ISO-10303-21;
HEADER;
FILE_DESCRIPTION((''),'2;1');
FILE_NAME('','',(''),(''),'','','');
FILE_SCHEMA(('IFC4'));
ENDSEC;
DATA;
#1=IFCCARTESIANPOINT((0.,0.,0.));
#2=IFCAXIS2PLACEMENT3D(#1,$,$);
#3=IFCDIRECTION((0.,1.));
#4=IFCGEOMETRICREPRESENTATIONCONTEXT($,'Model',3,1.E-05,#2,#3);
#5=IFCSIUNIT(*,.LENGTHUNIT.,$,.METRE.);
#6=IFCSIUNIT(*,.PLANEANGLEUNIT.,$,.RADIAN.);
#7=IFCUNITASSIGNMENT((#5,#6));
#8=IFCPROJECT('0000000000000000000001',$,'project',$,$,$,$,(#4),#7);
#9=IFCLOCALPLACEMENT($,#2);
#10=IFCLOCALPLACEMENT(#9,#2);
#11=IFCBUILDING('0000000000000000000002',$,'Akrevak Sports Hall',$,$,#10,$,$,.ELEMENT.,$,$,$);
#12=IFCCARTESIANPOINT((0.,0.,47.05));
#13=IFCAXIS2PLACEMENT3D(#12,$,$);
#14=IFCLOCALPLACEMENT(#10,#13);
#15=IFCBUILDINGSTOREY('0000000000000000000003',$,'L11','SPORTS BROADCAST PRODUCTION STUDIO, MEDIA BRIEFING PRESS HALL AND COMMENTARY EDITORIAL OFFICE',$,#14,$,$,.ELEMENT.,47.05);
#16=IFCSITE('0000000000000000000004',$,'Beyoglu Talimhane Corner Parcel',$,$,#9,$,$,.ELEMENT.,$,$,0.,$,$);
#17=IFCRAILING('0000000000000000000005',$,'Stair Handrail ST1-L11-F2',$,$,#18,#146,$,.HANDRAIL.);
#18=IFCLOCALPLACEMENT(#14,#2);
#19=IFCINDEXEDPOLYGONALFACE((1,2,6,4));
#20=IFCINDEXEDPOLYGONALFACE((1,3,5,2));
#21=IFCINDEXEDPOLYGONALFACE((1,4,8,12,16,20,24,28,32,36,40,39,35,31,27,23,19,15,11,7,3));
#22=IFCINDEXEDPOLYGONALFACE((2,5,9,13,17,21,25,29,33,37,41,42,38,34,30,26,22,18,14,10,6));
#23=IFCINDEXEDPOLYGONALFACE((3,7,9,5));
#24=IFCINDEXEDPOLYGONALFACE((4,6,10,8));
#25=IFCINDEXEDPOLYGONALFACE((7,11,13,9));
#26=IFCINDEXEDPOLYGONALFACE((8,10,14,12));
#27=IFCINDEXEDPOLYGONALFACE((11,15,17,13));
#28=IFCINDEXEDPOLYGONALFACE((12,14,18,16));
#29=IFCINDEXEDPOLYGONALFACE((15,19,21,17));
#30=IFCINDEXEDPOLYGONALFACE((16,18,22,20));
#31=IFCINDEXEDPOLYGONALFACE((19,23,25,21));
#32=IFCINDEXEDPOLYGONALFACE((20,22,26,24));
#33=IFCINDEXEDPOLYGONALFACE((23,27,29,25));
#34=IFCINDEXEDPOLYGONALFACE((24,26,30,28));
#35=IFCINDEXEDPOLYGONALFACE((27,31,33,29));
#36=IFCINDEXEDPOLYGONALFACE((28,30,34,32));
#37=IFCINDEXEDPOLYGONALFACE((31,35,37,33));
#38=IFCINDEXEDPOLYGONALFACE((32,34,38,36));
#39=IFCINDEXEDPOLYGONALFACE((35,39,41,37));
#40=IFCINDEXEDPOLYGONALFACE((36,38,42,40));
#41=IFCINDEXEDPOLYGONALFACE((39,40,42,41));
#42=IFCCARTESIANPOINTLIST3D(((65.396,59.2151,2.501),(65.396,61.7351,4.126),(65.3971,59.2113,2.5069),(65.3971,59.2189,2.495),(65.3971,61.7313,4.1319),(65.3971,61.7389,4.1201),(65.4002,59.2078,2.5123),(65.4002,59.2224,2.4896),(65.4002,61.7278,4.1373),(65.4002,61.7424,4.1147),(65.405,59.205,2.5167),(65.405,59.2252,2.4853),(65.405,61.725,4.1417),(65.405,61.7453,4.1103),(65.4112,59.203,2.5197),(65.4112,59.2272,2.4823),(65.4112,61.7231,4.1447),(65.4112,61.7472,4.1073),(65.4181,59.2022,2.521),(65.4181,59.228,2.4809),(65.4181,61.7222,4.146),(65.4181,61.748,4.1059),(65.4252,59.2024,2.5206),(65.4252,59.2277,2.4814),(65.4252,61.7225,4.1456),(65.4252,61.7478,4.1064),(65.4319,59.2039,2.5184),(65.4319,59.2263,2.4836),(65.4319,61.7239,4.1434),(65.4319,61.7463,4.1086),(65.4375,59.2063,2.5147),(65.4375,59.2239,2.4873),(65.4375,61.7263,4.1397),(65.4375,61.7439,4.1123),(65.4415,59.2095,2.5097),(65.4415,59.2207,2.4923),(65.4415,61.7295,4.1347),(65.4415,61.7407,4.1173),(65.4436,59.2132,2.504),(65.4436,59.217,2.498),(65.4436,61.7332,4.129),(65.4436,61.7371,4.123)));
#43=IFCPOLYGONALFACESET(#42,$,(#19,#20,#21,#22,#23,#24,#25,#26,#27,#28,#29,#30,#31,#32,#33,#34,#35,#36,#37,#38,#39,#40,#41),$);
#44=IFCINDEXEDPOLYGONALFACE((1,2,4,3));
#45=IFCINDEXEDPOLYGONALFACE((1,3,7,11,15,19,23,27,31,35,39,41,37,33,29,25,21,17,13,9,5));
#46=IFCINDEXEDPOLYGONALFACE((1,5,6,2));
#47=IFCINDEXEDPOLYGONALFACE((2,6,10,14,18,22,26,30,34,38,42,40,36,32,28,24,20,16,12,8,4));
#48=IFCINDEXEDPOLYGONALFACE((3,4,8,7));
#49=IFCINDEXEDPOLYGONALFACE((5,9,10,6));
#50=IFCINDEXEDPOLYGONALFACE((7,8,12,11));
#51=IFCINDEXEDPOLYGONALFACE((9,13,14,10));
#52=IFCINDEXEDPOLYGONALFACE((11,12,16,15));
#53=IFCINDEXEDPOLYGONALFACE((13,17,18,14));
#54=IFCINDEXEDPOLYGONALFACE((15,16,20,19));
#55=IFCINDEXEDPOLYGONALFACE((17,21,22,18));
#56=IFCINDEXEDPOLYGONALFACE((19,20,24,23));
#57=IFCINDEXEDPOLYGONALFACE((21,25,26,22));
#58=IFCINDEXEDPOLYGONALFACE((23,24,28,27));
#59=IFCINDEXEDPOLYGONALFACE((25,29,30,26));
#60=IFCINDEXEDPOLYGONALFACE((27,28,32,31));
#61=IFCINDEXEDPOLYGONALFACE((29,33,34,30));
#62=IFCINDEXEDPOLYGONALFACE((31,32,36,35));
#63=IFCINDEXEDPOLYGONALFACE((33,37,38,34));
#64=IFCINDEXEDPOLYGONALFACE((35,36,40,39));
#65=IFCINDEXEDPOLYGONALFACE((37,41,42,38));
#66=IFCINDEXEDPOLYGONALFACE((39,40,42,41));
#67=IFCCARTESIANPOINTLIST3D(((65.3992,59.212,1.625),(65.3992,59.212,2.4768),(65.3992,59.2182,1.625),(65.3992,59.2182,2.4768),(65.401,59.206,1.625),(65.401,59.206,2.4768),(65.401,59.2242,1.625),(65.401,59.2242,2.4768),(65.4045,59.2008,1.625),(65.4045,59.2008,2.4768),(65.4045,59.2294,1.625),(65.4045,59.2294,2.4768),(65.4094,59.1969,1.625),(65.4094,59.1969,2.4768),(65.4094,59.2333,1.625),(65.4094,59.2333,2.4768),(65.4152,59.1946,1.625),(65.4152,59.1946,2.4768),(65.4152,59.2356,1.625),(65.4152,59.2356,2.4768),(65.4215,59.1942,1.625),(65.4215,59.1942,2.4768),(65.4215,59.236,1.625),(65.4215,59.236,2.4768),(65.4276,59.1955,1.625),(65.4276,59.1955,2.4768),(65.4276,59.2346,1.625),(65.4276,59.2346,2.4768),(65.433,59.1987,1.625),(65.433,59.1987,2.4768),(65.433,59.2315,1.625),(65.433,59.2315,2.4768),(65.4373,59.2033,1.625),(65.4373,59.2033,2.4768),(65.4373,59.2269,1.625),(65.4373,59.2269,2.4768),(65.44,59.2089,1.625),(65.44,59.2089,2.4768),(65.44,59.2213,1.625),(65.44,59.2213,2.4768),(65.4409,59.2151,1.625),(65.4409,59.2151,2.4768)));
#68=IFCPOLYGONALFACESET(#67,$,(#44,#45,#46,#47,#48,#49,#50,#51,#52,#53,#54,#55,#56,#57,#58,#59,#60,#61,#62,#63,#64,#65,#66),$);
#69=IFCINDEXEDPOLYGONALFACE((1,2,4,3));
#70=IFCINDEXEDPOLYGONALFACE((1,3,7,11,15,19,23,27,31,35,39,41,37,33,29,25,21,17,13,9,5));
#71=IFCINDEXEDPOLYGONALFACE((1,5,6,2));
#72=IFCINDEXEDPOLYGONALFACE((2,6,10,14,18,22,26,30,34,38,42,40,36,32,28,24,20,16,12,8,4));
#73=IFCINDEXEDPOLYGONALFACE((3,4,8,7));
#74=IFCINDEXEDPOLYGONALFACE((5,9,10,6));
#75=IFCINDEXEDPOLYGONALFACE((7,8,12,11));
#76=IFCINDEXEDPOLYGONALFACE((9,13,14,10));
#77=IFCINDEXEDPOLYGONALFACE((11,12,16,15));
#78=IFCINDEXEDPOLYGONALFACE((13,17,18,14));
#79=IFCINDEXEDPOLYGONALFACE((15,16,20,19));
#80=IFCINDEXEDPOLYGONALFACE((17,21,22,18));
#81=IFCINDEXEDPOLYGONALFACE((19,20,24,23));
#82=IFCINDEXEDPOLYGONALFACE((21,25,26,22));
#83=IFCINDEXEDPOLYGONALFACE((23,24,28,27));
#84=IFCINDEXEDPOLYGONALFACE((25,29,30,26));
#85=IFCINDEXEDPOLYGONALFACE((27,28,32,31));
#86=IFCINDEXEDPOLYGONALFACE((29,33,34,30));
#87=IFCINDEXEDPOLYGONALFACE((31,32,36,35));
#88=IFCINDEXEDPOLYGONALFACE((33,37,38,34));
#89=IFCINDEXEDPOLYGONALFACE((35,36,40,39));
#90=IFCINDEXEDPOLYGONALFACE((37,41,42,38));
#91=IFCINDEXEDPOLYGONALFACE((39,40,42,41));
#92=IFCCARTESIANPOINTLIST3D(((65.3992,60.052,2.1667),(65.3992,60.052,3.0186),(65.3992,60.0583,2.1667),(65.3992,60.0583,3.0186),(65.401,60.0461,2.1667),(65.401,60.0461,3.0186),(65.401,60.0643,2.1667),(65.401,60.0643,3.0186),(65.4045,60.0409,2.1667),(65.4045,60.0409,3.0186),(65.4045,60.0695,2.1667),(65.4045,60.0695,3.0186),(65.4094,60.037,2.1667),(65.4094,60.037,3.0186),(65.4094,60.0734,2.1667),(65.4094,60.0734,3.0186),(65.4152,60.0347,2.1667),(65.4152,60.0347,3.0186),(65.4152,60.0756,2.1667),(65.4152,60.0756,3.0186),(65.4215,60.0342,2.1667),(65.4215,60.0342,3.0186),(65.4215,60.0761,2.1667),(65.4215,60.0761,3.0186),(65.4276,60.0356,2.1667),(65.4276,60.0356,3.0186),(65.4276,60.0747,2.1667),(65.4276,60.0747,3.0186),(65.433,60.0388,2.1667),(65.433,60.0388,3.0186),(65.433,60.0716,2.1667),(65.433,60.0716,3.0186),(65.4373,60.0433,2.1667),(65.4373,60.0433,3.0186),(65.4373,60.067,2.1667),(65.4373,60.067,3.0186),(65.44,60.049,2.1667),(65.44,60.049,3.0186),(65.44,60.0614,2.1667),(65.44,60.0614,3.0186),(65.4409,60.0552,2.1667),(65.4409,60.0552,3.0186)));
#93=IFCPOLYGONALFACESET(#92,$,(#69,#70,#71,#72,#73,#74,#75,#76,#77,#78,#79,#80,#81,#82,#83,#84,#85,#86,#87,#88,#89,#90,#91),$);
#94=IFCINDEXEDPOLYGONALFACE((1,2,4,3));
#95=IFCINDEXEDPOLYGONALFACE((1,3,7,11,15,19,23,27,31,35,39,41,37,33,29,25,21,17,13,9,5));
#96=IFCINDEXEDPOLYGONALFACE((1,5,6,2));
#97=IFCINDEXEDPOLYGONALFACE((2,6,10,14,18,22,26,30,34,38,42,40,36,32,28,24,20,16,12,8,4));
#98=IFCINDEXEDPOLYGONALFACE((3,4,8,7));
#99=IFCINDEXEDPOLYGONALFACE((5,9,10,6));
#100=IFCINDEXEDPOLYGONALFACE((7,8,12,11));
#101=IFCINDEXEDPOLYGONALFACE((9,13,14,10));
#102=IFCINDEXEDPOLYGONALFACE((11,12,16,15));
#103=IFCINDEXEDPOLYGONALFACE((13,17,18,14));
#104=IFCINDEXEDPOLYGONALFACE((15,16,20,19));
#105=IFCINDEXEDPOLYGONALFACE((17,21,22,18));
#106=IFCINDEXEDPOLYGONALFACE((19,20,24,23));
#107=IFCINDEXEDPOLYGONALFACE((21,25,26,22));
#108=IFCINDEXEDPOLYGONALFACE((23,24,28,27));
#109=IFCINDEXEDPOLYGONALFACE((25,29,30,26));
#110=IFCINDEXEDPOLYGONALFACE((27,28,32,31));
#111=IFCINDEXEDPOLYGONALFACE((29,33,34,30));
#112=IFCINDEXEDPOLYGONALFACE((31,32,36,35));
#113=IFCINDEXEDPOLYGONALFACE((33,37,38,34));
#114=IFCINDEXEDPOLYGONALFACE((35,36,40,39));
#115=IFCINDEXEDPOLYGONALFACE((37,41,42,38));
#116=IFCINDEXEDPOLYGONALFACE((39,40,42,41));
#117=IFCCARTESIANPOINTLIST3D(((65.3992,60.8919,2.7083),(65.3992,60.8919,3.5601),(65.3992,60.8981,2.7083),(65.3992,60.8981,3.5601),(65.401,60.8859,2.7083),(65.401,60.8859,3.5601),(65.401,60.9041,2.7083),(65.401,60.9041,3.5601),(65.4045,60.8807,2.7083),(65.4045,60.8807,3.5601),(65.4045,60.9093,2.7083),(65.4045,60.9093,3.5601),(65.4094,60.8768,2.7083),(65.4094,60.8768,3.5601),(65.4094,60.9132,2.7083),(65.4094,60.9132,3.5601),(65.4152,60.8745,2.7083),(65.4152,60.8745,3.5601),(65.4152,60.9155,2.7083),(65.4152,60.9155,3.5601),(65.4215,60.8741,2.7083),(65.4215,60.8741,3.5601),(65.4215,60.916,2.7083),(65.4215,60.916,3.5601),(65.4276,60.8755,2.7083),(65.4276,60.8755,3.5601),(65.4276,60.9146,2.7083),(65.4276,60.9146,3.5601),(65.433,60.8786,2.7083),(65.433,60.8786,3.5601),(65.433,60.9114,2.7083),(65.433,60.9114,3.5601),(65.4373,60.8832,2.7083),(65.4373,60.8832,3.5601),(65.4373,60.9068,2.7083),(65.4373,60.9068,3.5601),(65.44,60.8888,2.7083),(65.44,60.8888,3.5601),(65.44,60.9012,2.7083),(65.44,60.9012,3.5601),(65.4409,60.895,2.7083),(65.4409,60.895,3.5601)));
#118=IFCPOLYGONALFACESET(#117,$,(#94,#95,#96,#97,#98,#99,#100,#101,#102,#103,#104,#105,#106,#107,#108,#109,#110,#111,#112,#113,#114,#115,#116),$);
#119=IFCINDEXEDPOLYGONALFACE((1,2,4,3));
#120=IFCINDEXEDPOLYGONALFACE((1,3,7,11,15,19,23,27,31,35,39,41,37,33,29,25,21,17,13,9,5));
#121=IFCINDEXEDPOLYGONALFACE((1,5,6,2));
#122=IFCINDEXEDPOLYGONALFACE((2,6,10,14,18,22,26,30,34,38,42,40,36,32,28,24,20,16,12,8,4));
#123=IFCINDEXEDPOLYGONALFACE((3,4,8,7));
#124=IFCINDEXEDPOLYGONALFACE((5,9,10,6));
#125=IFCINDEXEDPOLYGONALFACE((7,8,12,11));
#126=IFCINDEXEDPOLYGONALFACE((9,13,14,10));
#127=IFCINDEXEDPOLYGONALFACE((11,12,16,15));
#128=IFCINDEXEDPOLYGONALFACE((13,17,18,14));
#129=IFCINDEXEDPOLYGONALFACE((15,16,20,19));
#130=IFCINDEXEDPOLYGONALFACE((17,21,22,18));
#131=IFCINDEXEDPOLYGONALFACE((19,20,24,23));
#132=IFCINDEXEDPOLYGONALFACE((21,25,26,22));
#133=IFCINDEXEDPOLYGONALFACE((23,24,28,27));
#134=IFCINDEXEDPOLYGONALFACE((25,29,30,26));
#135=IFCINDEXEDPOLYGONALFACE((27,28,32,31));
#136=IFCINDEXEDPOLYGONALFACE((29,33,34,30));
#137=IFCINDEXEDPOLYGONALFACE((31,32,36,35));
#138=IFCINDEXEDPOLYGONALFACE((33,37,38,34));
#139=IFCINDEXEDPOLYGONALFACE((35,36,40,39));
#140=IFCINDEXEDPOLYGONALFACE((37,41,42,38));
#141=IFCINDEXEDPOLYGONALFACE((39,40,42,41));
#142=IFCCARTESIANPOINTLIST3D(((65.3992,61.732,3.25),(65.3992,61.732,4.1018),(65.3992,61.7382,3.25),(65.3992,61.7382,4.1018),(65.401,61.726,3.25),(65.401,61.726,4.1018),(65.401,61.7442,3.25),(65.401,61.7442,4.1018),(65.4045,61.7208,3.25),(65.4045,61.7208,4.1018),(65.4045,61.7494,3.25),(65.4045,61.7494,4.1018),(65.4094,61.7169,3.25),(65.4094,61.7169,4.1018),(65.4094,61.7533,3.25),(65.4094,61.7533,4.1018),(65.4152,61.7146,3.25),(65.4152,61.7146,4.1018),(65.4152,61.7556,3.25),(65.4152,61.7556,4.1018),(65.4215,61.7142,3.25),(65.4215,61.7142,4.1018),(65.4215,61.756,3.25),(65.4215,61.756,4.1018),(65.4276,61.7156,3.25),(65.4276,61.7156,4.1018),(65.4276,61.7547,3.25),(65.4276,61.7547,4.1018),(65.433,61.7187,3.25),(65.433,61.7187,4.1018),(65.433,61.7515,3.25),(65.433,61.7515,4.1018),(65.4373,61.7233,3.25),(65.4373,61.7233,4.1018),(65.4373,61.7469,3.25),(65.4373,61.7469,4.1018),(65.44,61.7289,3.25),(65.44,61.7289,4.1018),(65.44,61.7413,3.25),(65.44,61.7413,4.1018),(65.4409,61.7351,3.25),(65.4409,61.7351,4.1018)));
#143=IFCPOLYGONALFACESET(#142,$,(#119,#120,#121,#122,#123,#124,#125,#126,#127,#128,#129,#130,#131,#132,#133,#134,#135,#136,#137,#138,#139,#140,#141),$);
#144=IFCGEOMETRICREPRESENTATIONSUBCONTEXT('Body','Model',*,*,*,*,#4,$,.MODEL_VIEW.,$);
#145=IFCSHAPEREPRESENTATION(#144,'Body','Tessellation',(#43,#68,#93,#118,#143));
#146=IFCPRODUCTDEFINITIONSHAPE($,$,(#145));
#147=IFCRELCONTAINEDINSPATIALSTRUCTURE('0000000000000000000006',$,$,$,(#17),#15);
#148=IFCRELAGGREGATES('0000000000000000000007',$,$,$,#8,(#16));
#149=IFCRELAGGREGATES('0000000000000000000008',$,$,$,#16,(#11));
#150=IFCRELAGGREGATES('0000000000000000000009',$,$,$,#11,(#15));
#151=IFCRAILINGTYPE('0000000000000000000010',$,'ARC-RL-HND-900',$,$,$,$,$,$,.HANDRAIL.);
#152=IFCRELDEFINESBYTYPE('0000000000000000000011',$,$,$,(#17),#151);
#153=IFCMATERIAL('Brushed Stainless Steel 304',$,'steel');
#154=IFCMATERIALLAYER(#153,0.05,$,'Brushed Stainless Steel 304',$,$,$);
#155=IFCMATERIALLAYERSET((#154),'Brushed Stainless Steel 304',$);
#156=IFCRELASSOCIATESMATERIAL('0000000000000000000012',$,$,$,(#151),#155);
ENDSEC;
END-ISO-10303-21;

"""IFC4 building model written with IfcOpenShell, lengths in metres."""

from ifc_helpers import new_model, si_unit, direction, frame, origin, origin_2d, place, context, subcontext, project, spatial, circle, extrude, material, layer, layer_set, type_object, element, save


model = new_model("IFC4")

# Units and contexts
model_context = context("Model", 3, precision=1e-05, world=origin(), true_north=direction((0.0, 1.0)))
body_context = subcontext(model_context, "Body", "Model", "MODEL_VIEW")
ifc_project = project(units=[si_unit("LENGTHUNIT", "METRE"), si_unit("PLANEANGLEUNIT", "RADIAN")], contexts=[model_context])

# Site, building, storey
site_placement = place(None, origin())
site = spatial("IfcSite", under=ifc_project, at=site_placement, Name="Beyoglu Talimhane Corner Parcel", CompositionType="ELEMENT", RefElevation=0.0)
building_placement = place(site_placement, origin())
building = spatial("IfcBuilding", under=site, at=building_placement, Name="Akrevak Sports Hall", CompositionType="ELEMENT")
storey_placement = place(building_placement, frame((0.0, 0.0, 47.05)))
storey = spatial("IfcBuildingStorey", under=building, at=storey_placement, Name="L11", Description="SPORTS BROADCAST PRODUCTION STUDIO, MEDIA BRIEFING PRESS HALL AND COMMENTARY EDITORIAL OFFICE", CompositionType="ELEMENT", Elevation=47.05)

# Shared definitions
ifc_material_1 = material(Name="Brushed Stainless Steel 304", Category="steel")

# Railing
ifc_layer_1 = layer(ifc_material_1, 0.05, Name="Brushed Stainless Steel 304")
ifc_layer_set_1 = layer_set([ifc_layer_1], Name="Brushed Stainless Steel 304")
railing_type_1 = type_object("IfcRailingType", Name="ARC-RL-HND-900", PredefinedType="HANDRAIL", material=ifc_layer_set_1)
railing_1_placement = place(storey_placement, frame((65.4199, 59.2151, 1.625)))
element("IfcRailing", 1, at=railing_1_placement, inside=storey, type_object=railing_type_1, Name="Stair Handrail ST1-L11-F2", PredefinedType="HANDRAIL", context=body_context, shape_type="SweptSolid", body=[
    extrude(circle(Radius=0.0239, at=origin_2d()), frame((0.0, 0.0, 0.876), z_axis=(0.0, 0.840421, 0.541934), x_axis=(-1.0, 0.0, 0.0)), (0.0, 0.0, 1.0), 2.9985),
    extrude(circle(Radius=0.021, at=origin_2d()), origin(), (0.0, 0.0, 1.0), 0.8518),
    extrude(circle(Radius=0.021, at=origin_2d()), frame((0.0, 0.8401, 0.5417)), (0.0, 0.0, 1.0), 0.8518),
    extrude(circle(Radius=0.021, at=origin_2d()), frame((0.0, 1.6799, 1.0833)), (0.0, 0.0, 1.0), 0.8518),
    extrude(circle(Radius=0.021, at=origin_2d()), frame((0.0, 2.52, 1.625)), (0.0, 0.0, 1.0), 0.8518),
])

save(model, "model.ifc")
